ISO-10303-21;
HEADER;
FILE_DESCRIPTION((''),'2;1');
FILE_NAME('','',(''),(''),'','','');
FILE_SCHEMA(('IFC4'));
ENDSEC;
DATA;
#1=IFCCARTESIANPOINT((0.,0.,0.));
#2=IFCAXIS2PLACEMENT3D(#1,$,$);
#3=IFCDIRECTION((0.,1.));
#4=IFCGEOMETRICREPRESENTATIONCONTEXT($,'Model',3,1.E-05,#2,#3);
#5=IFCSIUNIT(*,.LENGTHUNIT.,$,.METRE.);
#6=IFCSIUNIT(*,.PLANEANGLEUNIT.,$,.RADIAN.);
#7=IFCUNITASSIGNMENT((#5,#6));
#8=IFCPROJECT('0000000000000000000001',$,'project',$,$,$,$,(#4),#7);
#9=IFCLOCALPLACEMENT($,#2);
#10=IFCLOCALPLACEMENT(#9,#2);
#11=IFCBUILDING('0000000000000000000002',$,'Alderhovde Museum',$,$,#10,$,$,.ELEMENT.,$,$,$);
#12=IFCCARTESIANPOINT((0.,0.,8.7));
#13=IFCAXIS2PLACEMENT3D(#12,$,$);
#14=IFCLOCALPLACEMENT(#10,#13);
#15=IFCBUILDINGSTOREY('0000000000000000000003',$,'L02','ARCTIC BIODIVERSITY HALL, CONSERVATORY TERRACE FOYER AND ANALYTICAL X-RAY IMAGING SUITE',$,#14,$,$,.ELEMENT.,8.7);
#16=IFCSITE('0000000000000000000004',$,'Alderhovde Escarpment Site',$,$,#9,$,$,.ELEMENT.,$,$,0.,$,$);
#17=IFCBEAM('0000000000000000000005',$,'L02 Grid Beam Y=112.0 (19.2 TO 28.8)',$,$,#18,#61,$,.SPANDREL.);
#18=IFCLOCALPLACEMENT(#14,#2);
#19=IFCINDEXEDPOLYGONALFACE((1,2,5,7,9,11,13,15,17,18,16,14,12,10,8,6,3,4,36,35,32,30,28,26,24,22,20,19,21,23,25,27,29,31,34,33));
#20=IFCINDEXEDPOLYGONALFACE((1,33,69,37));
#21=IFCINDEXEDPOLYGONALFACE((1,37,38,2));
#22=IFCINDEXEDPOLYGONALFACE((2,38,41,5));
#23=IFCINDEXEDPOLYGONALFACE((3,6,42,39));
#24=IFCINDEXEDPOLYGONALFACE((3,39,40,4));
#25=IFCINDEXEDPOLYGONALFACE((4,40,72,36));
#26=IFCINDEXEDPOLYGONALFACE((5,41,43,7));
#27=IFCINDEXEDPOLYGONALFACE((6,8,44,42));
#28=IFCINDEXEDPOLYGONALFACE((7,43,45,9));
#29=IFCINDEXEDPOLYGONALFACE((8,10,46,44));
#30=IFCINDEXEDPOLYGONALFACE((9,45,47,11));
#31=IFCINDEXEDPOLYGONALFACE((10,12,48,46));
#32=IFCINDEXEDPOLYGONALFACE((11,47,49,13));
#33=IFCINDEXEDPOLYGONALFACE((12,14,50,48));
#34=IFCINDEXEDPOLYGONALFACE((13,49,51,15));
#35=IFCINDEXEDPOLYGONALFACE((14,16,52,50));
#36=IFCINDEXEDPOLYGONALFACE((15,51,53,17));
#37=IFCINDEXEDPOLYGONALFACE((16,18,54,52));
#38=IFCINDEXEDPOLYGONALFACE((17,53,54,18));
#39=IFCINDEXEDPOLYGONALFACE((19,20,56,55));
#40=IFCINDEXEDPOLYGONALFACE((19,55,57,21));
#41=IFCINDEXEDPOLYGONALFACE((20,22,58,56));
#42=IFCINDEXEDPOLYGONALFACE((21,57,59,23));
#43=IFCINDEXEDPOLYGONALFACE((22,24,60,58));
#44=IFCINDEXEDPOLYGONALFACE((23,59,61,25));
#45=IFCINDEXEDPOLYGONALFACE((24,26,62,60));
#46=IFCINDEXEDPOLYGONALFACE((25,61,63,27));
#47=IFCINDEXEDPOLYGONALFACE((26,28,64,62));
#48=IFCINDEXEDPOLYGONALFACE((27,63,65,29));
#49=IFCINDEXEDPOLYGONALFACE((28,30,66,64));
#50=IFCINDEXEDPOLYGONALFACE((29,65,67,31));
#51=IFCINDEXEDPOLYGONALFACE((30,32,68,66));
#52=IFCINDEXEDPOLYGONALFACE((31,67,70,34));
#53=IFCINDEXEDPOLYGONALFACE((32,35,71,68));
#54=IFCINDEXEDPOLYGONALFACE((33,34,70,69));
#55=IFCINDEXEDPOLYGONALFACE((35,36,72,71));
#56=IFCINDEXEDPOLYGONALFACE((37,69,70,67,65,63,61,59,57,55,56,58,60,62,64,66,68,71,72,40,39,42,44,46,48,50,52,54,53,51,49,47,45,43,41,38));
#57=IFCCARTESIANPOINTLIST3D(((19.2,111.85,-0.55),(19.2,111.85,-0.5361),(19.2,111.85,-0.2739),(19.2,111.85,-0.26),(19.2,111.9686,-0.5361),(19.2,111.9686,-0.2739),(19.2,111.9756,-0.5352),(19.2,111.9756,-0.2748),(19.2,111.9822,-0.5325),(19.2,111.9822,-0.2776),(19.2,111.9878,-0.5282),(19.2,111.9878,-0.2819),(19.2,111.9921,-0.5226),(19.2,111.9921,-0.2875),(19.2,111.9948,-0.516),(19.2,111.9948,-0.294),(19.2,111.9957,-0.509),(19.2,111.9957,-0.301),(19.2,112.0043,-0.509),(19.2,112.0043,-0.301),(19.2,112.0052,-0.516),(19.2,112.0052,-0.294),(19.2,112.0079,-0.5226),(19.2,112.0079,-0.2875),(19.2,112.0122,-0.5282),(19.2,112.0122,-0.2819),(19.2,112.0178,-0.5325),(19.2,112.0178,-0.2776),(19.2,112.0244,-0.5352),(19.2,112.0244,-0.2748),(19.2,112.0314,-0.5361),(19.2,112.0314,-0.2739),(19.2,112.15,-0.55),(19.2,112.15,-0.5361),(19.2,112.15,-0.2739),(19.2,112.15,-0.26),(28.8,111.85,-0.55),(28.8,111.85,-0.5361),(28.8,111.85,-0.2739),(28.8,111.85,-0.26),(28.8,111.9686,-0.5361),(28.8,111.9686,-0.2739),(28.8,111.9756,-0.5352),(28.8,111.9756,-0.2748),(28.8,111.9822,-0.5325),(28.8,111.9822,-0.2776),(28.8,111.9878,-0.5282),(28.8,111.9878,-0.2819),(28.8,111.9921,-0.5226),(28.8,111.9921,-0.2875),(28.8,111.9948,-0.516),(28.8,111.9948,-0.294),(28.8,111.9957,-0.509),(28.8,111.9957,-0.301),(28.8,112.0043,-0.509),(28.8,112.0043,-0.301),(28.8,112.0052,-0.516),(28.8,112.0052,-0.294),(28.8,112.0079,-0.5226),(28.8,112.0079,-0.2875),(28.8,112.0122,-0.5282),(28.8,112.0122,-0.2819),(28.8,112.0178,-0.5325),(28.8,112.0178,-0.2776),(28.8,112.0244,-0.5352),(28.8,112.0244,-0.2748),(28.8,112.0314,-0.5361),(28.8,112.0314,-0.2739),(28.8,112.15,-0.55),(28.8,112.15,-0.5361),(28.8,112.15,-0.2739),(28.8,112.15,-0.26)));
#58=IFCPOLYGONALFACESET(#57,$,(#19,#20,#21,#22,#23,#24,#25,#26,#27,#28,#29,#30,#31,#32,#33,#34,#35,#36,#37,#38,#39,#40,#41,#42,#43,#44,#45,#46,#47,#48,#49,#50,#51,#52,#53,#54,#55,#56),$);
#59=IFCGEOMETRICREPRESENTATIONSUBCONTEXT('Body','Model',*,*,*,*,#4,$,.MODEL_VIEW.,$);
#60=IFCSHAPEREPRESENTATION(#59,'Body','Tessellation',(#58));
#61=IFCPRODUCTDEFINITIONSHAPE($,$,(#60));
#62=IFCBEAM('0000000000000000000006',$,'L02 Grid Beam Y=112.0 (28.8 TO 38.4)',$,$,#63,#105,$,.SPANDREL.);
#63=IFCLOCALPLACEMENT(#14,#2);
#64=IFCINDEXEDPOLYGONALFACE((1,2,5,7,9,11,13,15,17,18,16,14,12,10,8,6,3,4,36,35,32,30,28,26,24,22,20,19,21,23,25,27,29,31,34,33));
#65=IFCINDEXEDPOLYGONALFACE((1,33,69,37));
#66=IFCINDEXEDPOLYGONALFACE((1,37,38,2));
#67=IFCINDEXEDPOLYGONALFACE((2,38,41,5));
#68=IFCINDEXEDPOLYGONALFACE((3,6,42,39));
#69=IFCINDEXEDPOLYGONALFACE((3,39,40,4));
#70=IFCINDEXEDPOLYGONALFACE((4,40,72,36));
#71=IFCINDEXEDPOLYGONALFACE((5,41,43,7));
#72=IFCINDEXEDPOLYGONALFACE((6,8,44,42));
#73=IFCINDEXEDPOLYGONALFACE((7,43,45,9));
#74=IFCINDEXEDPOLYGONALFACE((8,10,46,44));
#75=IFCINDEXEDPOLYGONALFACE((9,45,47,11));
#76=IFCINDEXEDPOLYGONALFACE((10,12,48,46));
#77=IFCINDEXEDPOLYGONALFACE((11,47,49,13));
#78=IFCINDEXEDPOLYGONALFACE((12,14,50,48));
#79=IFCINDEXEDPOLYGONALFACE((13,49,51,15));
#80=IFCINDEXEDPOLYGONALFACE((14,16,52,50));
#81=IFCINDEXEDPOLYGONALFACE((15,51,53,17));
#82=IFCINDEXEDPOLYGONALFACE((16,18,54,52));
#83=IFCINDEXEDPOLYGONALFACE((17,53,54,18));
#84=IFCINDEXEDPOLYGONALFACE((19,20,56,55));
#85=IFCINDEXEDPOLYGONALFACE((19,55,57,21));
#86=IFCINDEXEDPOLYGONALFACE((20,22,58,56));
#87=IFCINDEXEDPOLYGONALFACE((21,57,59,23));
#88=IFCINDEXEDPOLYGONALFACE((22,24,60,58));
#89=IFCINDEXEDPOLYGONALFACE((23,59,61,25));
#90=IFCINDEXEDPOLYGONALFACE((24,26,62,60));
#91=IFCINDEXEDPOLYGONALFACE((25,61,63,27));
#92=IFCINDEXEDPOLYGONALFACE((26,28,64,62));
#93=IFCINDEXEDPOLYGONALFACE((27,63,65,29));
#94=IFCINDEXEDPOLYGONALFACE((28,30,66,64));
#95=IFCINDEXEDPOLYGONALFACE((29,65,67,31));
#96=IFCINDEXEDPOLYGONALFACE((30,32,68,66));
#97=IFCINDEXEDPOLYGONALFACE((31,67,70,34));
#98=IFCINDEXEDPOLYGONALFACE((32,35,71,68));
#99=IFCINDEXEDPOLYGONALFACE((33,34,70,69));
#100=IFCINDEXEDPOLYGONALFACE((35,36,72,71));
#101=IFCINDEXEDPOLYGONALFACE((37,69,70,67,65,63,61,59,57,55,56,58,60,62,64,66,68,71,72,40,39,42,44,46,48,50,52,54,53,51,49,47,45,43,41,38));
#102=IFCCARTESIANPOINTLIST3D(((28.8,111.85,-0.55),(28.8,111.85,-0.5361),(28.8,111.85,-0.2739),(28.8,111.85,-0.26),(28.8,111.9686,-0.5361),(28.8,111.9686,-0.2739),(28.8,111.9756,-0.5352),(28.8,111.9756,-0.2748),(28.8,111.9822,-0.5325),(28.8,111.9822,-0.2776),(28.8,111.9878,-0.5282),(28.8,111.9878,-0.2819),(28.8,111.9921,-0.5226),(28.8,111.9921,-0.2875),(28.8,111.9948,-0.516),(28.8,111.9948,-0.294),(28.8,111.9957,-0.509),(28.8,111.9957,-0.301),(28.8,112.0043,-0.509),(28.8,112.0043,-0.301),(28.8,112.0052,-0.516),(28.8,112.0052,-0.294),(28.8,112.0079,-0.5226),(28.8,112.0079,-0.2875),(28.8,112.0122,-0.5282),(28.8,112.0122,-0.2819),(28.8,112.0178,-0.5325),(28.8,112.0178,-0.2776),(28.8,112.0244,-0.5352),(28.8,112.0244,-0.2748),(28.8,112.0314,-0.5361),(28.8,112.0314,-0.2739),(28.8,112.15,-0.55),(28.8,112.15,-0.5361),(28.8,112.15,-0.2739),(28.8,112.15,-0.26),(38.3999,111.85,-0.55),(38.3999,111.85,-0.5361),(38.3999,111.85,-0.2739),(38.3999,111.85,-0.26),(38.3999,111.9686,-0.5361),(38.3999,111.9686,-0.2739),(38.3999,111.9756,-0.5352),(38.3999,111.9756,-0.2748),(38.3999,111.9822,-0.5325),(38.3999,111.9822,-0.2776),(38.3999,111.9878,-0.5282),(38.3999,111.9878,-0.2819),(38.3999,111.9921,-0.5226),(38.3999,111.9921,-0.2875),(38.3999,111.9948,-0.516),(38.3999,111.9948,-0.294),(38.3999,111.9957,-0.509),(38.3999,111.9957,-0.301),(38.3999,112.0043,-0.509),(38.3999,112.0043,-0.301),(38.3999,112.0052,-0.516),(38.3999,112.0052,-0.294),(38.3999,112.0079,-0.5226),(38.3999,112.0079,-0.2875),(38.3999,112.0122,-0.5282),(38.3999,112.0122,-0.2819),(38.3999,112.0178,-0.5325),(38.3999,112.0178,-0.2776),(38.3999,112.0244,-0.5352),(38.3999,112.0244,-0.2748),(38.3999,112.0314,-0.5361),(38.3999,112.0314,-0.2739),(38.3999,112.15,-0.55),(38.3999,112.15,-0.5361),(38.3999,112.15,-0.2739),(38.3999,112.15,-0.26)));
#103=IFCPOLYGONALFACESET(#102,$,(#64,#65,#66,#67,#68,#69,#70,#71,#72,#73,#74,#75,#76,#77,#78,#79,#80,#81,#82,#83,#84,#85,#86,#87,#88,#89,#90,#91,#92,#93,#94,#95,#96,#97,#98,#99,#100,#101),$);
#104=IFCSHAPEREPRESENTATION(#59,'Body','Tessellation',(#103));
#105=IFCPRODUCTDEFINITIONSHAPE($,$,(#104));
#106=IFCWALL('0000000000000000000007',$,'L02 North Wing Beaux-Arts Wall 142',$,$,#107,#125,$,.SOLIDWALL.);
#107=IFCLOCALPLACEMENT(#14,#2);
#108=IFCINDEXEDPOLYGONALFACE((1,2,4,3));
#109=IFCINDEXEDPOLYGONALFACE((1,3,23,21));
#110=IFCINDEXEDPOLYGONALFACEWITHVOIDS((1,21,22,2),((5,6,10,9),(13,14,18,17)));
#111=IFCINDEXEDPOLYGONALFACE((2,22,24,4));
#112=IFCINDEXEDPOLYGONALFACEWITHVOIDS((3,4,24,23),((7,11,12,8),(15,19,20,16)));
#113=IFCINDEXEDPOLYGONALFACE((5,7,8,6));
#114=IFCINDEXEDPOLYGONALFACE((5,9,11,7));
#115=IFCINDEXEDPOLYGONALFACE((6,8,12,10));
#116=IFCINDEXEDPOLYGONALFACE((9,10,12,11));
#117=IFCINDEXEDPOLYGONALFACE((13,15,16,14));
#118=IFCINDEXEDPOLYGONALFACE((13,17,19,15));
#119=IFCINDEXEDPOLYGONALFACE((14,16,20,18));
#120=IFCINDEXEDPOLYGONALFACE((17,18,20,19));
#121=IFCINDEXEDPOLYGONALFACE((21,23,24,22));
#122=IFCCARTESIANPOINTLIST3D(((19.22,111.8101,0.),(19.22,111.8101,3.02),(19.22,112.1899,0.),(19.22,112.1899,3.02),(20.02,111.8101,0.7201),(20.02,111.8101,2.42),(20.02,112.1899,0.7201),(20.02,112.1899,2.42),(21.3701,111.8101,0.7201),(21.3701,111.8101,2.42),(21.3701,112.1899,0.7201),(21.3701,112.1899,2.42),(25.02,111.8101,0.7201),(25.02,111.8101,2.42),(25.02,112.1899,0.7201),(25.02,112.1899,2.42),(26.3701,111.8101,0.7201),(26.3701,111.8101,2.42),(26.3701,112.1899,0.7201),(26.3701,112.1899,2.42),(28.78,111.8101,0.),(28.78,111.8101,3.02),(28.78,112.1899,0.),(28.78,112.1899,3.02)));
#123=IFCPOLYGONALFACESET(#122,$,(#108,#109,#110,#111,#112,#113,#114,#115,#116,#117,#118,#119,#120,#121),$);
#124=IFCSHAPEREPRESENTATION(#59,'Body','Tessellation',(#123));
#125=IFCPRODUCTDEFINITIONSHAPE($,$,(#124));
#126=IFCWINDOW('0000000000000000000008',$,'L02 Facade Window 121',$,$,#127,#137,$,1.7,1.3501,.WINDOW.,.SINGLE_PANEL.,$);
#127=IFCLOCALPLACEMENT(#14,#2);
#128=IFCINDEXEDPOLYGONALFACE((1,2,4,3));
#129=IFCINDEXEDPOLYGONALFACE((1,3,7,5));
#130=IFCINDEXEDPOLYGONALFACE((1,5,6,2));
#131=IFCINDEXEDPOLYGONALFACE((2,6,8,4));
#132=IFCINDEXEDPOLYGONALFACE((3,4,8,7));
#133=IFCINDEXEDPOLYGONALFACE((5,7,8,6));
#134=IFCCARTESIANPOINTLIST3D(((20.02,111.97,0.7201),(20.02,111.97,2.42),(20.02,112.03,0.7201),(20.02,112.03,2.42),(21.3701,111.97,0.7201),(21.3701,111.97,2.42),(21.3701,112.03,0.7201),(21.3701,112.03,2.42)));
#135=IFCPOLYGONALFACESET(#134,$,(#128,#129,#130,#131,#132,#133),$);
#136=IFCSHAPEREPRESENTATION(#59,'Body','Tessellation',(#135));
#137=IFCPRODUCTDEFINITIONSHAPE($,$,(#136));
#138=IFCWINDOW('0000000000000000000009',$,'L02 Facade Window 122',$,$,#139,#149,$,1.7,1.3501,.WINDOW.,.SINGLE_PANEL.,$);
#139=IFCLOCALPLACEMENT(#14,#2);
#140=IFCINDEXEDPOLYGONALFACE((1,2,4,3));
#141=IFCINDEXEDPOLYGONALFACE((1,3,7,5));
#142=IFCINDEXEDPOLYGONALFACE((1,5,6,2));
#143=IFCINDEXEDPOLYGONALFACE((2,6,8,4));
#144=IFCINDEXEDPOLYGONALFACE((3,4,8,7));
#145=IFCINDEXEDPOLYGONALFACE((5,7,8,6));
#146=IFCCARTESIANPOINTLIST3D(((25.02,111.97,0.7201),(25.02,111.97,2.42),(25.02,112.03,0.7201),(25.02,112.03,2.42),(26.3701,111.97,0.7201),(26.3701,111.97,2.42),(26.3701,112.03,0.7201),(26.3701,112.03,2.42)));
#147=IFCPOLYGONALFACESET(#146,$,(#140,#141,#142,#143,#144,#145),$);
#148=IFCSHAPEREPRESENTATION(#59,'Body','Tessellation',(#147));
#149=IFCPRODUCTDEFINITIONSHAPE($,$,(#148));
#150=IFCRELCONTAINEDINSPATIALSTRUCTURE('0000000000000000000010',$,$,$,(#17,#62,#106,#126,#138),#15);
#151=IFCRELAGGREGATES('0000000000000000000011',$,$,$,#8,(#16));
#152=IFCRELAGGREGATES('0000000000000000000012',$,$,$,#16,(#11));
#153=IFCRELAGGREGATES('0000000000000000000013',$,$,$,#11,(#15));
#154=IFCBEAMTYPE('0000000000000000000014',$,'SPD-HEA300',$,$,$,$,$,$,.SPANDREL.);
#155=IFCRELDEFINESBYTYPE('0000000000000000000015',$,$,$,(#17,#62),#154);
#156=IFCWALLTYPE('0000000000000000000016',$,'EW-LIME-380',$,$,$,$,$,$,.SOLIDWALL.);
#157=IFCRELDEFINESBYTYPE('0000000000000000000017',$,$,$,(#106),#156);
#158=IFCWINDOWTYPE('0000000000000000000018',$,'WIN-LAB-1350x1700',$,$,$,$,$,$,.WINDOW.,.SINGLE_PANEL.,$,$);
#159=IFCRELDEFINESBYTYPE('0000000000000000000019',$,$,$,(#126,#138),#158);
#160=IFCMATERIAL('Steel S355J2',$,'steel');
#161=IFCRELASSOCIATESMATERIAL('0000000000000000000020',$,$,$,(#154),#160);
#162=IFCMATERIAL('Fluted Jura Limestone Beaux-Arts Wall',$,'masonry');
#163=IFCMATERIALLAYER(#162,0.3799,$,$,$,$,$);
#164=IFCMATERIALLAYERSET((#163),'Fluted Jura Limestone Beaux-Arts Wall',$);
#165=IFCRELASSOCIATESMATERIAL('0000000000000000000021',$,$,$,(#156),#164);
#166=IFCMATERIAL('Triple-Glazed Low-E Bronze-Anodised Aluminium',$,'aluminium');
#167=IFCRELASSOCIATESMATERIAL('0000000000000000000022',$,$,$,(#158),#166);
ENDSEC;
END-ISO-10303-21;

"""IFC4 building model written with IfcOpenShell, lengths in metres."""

from ifc_helpers import new_model, si_unit, direction, frame, frame_2d, origin, origin_2d, place, context, subcontext, project, spatial, rectangle, i_section, extrude, material, layer, layer_set, material_profile, profile_set, type_object, element, fill, save


model = new_model("IFC4")

# Units and contexts
model_context = context("Model", 3, precision=1e-05, world=origin(), true_north=direction((0.0, 1.0)))
body_context = subcontext(model_context, "Body", "Model", "MODEL_VIEW")
ifc_project = project(units=[si_unit("LENGTHUNIT", "METRE"), si_unit("PLANEANGLEUNIT", "RADIAN")], contexts=[model_context])

# Site, building, storey
site_placement = place(None, origin())
site = spatial("IfcSite", under=ifc_project, at=site_placement, Name="Alderhovde Escarpment Site", CompositionType="ELEMENT", RefElevation=0.0)
building_placement = place(site_placement, origin())
building = spatial("IfcBuilding", under=site, at=building_placement, Name="Alderhovde Museum", CompositionType="ELEMENT")
storey_placement = place(building_placement, frame((0.0, 0.0, 8.7)))
storey = spatial("IfcBuildingStorey", under=building, at=storey_placement, Name="L02", Description="ARCTIC BIODIVERSITY HALL, CONSERVATORY TERRACE FOYER AND ANALYTICAL X-RAY IMAGING SUITE", CompositionType="ELEMENT", Elevation=8.7)

# Beams
ifc_material_1 = material(Name="Steel S355J2", Category="steel")
ifc_material_profile_1 = material_profile(ifc_material_1, i_section(OverallWidth=0.3, OverallDepth=0.29, WebThickness=0.0085, FlangeThickness=0.0139, FilletRadius=0.0271, at=origin_2d()), Name="HEA 300")
ifc_profile_set_1 = profile_set([ifc_material_profile_1], Name="Steel S355J2")
beam_type_1 = type_object("IfcBeamType", Name="SPD-HEA300", PredefinedType="SPANDREL", material=ifc_profile_set_1)
beam_1_placement = place(storey_placement, frame((19.2, 112.0, -0.405), z_axis=(1.0, 0.0, 0.0), x_axis=(0.0, 1.0, 0.0)))
element("IfcBeam", 1, at=beam_1_placement, inside=storey, type_object=beam_type_1, Name="L02 Grid Beam Y=112.0 (19.2 TO 28.8)", PredefinedType="SPANDREL", context=body_context, shape_type="SweptSolid", body=[
    extrude(i_section(OverallWidth=0.3, OverallDepth=0.29, WebThickness=0.0085, FlangeThickness=0.0139, FilletRadius=0.0271, at=origin_2d()), origin(), (0.0, 0.0, 1.0), 9.6001),
])
beam_2_placement = place(storey_placement, frame((28.8, 112.0, -0.405), z_axis=(1.0, 0.0, 0.0), x_axis=(0.0, 1.0, 0.0)))
element("IfcBeam", 2, at=beam_2_placement, inside=storey, type_object=beam_type_1, Name="L02 Grid Beam Y=112.0 (28.8 TO 38.4)", PredefinedType="SPANDREL", context=body_context, shape_type="SweptSolid", body=[
    extrude(i_section(OverallWidth=0.3, OverallDepth=0.29, WebThickness=0.0085, FlangeThickness=0.0139, FilletRadius=0.0271, at=origin_2d()), origin(), (0.0, 0.0, 1.0), 9.5999),
])

# Wall, openings, windows
ifc_material_2 = material(Name="Fluted Jura Limestone Beaux-Arts Wall", Category="masonry")
ifc_layer = layer(ifc_material_2, 0.3799)
ifc_layer_set = layer_set([ifc_layer], Name="Fluted Jura Limestone Beaux-Arts Wall")
wall_type = type_object("IfcWallType", Name="EW-LIME-380", PredefinedType="SOLIDWALL", material=ifc_layer_set)
wall_1_placement = place(storey_placement, frame((19.22, 112.0, 0.0), z_axis=(0.0, 0.0, 1.0), x_axis=(1.0, 0.0, 0.0)))
wall_1 = element("IfcWall", 3, at=wall_1_placement, inside=storey, type_object=wall_type, Name="L02 North Wing Beaux-Arts Wall 142", PredefinedType="SOLIDWALL", context=body_context, shape_type="SweptSolid", body=[
    extrude(rectangle(XDim=9.5601, YDim=0.3799, at=frame_2d((4.78, 0.0))), origin(), (0.0, 0.0, 1.0), 3.02),
])
opening_1_placement = place(wall_1_placement, frame((0.8, 0.0, 0.72)))
opening_1 = element("IfcOpeningElement", 4, at=opening_1_placement, cuts=wall_1, PredefinedType="OPENING", context=body_context, shape_type="SweptSolid", body=[
    extrude(rectangle(XDim=1.3501, YDim=1.7, at=frame_2d((0.675, 0.8501))), frame((0.0, 0.2, 0.0), z_axis=(0.0, -1.0, 0.0), x_axis=(1.0, 0.0, 0.0)), (0.0, 0.0, 1.0), 0.3999),
])
opening_2_placement = place(wall_1_placement, frame((5.8, 0.0, 0.72)))
opening_2 = element("IfcOpeningElement", 5, at=opening_2_placement, cuts=wall_1, PredefinedType="OPENING", context=body_context, shape_type="SweptSolid", body=[
    extrude(rectangle(XDim=1.3501, YDim=1.7, at=frame_2d((0.675, 0.8501))), frame((0.0, 0.2, 0.0), z_axis=(0.0, -1.0, 0.0), x_axis=(1.0, 0.0, 0.0)), (0.0, 0.0, 1.0), 0.3999),
])
ifc_material_3 = material(Name="Triple-Glazed Low-E Bronze-Anodised Aluminium", Category="aluminium")
window_type = type_object("IfcWindowType", Name="WIN-LAB-1350x1700", PartitioningType="SINGLE_PANEL", PredefinedType="WINDOW", material=ifc_material_3)
window_1_placement = place(opening_1_placement, origin())
window_1 = element("IfcWindow", 6, at=window_1_placement, inside=storey, type_object=window_type, Name="L02 Facade Window 121", OverallHeight=1.7, OverallWidth=1.3501, PartitioningType="SINGLE_PANEL", PredefinedType="WINDOW", context=body_context, shape_type="SweptSolid", body=[
    extrude(rectangle(XDim=1.3501, YDim=1.7, at=frame_2d((0.675, 0.8501))), frame((0.0, 0.03, 0.0), z_axis=(0.0, -1.0, 0.0), x_axis=(1.0, 0.0, 0.0)), (0.0, 0.0, 1.0), 0.0601),
])
fill(opening_1, window_1)
window_2_placement = place(opening_2_placement, origin())
window_2 = element("IfcWindow", 7, at=window_2_placement, inside=storey, type_object=window_type, Name="L02 Facade Window 122", OverallHeight=1.7, OverallWidth=1.3501, PartitioningType="SINGLE_PANEL", PredefinedType="WINDOW", context=body_context, shape_type="SweptSolid", body=[
    extrude(rectangle(XDim=1.3501, YDim=1.7, at=frame_2d((0.675, 0.8501))), frame((0.0, 0.03, 0.0), z_axis=(0.0, -1.0, 0.0), x_axis=(1.0, 0.0, 0.0)), (0.0, 0.0, 1.0), 0.0601),
])
fill(opening_2, window_2)

save(model, "model.ifc")
